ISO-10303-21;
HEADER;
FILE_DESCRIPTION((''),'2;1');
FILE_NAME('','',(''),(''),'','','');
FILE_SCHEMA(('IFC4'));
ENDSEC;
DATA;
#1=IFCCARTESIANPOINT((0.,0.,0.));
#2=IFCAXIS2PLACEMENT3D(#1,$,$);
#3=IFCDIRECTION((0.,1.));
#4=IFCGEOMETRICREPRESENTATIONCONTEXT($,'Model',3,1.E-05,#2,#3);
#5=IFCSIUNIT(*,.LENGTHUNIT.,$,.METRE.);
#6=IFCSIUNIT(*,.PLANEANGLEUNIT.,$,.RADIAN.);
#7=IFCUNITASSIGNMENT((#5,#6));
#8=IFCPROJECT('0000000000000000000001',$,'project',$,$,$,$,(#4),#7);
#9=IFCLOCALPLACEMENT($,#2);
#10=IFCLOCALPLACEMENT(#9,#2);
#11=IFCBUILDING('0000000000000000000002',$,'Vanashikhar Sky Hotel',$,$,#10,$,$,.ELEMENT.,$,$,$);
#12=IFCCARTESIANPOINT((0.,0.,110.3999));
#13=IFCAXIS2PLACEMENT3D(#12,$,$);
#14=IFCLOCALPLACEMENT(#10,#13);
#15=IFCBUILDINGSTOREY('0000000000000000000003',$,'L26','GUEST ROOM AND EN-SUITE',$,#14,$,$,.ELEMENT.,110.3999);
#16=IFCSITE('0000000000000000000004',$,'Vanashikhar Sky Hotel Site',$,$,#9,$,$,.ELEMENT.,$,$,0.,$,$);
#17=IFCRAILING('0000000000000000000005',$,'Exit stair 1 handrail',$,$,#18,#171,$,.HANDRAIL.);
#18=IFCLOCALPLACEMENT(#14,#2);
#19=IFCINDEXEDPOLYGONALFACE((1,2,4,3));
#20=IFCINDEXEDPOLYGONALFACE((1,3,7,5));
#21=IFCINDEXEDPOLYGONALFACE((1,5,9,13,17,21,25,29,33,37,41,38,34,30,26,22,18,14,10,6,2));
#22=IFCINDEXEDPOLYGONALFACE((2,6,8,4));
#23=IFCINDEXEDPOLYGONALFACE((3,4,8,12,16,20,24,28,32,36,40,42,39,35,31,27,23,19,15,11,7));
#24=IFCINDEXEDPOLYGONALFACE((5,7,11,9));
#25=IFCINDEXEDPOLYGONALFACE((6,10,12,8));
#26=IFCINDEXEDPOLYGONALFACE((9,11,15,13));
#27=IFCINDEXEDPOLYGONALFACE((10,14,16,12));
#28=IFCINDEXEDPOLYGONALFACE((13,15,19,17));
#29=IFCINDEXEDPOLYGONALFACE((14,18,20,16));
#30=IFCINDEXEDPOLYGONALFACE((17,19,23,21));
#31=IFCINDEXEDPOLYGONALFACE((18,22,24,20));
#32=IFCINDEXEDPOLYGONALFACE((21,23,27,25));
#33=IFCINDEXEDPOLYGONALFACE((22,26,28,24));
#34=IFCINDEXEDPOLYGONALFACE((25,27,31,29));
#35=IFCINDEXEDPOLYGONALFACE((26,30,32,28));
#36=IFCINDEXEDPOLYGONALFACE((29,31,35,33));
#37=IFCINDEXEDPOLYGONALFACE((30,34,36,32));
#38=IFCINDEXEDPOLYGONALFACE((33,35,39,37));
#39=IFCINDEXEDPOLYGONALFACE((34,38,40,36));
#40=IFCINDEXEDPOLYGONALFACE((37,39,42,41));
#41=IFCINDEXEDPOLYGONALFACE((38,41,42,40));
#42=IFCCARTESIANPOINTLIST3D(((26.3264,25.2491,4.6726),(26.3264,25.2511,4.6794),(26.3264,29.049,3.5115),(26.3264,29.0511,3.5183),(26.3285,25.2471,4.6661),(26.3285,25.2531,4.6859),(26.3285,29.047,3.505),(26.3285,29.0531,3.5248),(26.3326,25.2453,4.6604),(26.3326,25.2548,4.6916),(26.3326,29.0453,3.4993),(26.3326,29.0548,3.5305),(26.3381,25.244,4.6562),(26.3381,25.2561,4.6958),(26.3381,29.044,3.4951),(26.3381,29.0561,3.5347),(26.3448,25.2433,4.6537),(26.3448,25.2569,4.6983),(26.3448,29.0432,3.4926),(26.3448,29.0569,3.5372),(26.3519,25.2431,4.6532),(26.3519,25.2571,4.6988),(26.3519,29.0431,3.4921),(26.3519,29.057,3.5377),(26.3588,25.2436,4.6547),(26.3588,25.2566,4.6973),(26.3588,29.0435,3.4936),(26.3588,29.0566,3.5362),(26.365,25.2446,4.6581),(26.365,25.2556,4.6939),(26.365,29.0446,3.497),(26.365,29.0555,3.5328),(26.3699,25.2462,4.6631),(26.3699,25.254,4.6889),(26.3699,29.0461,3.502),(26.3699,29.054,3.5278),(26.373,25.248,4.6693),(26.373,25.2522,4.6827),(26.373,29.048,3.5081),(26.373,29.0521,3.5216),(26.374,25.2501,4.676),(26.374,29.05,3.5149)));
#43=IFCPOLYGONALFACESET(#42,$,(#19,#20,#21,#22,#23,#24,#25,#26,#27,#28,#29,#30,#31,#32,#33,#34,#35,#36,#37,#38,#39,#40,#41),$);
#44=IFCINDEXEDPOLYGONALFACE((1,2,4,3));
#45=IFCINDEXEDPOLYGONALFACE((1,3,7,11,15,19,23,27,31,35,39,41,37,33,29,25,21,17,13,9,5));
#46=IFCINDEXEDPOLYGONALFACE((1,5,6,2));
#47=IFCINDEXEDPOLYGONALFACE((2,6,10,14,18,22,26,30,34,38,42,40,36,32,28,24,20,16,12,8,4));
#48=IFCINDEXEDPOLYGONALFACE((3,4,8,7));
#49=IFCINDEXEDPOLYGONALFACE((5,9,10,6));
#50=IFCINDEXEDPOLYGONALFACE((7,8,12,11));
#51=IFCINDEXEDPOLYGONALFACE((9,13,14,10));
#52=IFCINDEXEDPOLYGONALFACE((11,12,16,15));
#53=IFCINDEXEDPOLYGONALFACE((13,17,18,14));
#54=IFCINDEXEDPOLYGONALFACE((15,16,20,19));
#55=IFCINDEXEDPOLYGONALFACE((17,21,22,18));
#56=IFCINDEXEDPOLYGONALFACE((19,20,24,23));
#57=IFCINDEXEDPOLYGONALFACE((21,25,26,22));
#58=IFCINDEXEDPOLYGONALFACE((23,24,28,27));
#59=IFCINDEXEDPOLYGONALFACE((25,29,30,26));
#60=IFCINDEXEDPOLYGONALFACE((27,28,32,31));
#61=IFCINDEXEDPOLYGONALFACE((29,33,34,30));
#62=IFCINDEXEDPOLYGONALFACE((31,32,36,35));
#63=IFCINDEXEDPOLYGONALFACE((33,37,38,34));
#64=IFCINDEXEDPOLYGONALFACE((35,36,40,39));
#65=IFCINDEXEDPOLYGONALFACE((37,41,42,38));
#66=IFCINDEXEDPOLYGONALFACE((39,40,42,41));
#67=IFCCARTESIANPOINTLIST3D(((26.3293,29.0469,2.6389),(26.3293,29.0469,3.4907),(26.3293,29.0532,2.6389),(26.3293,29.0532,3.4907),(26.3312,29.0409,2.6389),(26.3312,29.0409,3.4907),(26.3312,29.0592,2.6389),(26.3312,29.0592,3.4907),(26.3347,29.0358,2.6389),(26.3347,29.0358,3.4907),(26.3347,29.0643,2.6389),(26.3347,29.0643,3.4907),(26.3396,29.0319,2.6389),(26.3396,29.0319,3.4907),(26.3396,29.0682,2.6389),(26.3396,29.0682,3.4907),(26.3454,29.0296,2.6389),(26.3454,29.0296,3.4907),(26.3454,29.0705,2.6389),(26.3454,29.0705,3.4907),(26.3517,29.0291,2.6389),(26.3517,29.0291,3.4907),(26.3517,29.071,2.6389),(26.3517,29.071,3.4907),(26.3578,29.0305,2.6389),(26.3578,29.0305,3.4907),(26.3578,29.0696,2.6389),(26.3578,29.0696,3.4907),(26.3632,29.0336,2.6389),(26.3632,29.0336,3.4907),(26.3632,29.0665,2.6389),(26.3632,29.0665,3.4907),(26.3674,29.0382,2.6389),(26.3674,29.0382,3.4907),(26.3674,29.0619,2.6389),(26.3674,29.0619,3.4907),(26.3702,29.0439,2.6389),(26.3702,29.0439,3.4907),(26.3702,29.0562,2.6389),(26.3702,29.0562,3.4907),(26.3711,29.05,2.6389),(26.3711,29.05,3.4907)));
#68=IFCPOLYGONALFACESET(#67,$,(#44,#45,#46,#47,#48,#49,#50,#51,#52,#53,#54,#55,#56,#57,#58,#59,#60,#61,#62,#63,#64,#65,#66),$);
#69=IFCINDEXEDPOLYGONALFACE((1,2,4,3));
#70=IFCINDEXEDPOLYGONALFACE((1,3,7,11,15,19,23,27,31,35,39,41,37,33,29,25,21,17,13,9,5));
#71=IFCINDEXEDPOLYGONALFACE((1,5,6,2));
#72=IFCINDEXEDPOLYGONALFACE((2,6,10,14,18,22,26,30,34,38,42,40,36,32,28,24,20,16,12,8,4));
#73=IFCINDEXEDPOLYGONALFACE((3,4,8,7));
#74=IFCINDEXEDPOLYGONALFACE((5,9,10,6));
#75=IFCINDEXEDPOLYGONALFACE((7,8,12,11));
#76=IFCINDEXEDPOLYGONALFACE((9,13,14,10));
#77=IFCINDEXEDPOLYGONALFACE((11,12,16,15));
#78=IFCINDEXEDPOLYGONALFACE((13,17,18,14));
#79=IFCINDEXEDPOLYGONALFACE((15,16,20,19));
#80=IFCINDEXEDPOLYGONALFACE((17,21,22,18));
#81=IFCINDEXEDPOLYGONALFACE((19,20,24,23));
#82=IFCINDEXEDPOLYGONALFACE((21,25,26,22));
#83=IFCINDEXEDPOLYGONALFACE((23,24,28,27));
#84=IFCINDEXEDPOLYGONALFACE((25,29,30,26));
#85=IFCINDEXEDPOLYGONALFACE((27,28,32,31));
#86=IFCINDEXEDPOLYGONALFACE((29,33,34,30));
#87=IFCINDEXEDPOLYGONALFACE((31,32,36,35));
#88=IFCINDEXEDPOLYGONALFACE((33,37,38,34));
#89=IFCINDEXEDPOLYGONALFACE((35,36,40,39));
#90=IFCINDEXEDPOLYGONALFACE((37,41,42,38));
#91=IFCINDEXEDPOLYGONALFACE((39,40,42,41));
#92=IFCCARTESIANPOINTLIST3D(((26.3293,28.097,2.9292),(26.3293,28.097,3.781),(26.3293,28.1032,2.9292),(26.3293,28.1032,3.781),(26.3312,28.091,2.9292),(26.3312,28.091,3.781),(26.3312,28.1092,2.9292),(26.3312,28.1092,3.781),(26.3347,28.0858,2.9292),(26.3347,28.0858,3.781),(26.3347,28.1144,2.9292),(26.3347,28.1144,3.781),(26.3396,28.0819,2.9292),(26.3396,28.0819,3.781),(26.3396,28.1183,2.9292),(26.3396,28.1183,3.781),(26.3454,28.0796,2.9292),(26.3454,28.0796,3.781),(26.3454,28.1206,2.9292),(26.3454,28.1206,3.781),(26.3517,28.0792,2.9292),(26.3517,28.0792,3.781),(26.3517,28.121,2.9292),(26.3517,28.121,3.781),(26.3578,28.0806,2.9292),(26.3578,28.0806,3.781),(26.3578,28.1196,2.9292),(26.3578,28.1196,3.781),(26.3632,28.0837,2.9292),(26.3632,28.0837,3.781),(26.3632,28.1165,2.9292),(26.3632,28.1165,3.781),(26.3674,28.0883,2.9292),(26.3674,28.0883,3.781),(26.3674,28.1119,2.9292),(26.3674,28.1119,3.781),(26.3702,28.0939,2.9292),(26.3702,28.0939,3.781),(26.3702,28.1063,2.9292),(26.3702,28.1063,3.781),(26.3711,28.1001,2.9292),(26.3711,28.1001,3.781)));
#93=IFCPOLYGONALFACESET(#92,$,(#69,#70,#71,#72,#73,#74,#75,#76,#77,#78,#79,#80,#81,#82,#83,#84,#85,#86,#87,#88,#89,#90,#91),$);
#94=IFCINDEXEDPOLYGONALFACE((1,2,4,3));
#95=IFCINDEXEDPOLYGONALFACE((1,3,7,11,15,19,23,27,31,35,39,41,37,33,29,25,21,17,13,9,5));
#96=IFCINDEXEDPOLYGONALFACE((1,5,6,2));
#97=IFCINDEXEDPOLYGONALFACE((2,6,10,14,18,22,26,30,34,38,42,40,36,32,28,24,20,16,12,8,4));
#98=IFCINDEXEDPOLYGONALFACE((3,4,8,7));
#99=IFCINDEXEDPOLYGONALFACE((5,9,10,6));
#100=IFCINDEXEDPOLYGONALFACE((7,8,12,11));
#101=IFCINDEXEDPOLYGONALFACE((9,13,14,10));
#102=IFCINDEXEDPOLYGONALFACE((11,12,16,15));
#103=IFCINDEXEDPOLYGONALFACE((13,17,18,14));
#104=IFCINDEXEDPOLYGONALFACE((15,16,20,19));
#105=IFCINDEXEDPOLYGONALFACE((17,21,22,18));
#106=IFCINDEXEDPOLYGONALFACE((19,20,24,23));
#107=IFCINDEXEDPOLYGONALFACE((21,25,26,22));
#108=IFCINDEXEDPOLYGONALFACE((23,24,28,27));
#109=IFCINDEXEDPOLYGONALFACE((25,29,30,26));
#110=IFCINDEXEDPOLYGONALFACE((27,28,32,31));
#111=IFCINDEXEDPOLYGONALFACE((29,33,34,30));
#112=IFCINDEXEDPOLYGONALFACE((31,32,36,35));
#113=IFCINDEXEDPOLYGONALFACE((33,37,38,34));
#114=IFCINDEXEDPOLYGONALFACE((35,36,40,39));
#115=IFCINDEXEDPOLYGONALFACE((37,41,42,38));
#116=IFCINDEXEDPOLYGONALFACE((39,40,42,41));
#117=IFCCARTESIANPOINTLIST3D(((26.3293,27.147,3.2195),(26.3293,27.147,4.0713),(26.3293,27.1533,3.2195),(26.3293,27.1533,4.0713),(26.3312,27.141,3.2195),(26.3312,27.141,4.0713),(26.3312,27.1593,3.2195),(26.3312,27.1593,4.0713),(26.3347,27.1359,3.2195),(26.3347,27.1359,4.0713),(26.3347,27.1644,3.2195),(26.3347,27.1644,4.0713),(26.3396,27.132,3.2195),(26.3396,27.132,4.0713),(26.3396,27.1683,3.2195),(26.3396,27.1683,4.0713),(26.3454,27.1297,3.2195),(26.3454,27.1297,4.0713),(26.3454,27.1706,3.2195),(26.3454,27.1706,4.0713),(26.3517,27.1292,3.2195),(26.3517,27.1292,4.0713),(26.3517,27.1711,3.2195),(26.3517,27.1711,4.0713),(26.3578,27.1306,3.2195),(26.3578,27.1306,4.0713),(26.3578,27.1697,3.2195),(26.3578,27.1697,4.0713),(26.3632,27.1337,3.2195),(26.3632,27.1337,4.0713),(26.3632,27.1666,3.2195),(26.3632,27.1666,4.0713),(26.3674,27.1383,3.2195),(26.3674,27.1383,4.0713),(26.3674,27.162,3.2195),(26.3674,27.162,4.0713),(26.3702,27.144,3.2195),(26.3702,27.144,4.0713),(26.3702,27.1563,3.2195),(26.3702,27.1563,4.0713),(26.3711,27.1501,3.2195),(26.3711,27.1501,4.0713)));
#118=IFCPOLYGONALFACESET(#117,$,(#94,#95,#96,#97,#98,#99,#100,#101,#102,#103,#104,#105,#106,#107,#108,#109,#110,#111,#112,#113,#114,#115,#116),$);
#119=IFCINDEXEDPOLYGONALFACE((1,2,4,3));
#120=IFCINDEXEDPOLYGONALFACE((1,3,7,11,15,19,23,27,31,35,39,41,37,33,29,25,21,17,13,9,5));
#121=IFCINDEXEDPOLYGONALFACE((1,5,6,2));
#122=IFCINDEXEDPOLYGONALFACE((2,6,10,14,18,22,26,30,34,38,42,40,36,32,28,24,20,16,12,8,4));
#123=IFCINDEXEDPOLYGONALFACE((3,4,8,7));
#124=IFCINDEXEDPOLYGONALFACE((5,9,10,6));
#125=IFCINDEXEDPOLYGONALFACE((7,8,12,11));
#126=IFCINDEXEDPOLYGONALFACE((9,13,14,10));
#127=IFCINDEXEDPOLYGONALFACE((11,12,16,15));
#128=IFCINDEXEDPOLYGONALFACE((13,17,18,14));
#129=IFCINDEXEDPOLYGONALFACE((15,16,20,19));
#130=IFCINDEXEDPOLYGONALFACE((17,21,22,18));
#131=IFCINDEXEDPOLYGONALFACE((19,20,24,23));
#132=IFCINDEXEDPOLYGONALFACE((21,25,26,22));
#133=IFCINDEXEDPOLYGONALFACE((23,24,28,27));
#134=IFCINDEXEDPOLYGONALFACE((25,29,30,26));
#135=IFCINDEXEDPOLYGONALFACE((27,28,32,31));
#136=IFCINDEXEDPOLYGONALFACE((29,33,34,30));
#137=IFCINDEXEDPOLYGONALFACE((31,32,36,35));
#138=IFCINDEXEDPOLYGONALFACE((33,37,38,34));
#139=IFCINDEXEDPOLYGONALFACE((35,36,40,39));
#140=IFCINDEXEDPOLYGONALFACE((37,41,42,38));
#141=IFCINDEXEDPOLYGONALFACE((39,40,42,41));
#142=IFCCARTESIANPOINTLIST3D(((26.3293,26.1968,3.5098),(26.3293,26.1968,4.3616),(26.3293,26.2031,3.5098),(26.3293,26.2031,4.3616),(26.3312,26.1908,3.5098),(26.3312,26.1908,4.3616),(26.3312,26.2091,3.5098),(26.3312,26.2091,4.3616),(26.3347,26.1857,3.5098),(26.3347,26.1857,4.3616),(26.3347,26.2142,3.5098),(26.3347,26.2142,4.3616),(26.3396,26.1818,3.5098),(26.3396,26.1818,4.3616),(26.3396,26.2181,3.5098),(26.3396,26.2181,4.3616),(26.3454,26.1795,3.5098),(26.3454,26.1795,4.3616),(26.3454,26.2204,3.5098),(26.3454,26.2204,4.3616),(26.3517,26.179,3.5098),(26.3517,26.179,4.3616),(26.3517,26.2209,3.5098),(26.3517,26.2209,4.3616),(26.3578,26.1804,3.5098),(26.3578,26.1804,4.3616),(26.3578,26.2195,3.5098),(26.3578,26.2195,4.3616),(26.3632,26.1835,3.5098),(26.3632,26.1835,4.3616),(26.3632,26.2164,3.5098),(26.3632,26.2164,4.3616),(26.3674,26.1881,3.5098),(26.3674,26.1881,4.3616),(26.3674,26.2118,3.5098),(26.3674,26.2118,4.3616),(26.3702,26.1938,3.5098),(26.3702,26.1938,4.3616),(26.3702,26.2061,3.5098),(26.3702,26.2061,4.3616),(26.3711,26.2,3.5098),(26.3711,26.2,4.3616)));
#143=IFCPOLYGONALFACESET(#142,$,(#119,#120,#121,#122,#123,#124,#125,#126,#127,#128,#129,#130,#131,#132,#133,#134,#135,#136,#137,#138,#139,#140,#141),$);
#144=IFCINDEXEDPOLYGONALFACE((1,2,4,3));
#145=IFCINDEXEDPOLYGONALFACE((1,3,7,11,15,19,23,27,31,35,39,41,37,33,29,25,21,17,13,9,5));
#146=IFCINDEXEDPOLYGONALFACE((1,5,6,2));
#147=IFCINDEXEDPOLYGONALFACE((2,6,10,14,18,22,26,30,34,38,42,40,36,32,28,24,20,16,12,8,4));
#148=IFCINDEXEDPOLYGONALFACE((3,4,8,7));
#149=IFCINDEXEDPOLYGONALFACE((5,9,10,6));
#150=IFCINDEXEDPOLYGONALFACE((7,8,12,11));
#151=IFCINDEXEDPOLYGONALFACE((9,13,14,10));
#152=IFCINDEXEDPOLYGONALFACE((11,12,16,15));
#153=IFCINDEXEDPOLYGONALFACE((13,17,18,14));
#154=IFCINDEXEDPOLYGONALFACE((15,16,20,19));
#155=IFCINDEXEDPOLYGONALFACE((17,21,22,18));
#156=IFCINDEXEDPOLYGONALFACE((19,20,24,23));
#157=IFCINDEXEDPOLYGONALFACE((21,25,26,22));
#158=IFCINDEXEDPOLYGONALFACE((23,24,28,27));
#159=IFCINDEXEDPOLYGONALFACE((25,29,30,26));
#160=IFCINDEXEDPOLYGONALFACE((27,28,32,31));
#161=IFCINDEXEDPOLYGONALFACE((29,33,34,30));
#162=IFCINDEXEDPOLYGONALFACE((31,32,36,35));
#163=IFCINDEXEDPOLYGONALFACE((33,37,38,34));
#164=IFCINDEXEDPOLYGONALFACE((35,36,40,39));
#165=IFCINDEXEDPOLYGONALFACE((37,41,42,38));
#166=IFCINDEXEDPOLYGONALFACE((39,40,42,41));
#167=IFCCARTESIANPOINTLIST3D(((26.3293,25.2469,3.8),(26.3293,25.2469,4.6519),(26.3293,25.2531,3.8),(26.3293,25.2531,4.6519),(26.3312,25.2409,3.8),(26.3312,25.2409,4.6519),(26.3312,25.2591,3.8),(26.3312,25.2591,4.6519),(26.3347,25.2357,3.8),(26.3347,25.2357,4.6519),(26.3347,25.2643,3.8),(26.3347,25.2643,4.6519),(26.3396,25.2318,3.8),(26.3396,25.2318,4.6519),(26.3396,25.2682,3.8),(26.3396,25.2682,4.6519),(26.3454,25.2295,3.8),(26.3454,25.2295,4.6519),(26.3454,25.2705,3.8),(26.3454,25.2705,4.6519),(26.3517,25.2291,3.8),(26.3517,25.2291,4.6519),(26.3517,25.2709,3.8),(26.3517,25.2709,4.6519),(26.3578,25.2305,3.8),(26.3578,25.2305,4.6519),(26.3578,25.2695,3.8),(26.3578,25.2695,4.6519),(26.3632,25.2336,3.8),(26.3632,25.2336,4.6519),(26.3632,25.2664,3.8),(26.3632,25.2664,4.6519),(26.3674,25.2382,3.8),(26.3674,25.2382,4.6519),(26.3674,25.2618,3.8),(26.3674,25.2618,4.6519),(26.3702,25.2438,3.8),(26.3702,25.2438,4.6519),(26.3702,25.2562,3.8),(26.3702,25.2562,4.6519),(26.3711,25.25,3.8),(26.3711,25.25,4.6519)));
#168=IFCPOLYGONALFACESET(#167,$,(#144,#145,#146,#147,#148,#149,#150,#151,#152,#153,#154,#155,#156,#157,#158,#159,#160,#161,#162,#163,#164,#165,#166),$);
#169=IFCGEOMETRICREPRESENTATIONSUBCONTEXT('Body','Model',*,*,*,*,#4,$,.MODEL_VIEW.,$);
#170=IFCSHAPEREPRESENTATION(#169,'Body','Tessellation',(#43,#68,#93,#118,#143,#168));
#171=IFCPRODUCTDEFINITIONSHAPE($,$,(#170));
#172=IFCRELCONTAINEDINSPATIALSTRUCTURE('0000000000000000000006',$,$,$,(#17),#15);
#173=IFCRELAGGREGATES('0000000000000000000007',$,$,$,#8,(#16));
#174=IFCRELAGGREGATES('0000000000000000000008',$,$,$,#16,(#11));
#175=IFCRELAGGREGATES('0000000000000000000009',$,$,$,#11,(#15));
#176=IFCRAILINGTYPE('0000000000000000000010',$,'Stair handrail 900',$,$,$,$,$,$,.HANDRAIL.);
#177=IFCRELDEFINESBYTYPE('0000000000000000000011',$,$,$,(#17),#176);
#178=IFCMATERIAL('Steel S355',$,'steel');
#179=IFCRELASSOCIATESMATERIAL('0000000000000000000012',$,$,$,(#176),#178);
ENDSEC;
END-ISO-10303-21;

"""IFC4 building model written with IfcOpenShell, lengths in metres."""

from ifc_helpers import new_model, si_unit, direction, frame, origin, origin_2d, place, context, subcontext, project, spatial, circle, extrude, source, transform, mapped, material, type_object, element, save


model = new_model("IFC4")

# Units and contexts
model_context = context("Model", 3, precision=1e-05, world=origin(), true_north=direction((0.0, 1.0)))
body_context = subcontext(model_context, "Body", "Model", "MODEL_VIEW")
ifc_project = project(units=[si_unit("LENGTHUNIT", "METRE"), si_unit("PLANEANGLEUNIT", "RADIAN")], contexts=[model_context])

# Site, building, storey
site_placement = place(None, origin())
site = spatial("IfcSite", under=ifc_project, at=site_placement, Name="Vanashikhar Sky Hotel Site", CompositionType="ELEMENT", RefElevation=0.0)
building_placement = place(site_placement, origin())
building = spatial("IfcBuilding", under=site, at=building_placement, Name="Vanashikhar Sky Hotel", CompositionType="ELEMENT")
storey_placement = place(building_placement, frame((0.0, 0.0, 110.3999)))
storey = spatial("IfcBuildingStorey", under=building, at=storey_placement, Name="L26", Description="GUEST ROOM AND EN-SUITE", CompositionType="ELEMENT", Elevation=110.3999)

# Railing
ifc_material_1 = material(Name="Steel S355", Category="steel")
railing_type_1 = type_object("IfcRailingType", Name="Stair handrail 900", PredefinedType="HANDRAIL", material=ifc_material_1)
shared_shape_1 = source(origin(), body_context, "Body", "SweptSolid", [
    extrude(circle(Radius=0.0239, at=origin_2d()), frame((0.0, 0.0, 0.876), z_axis=(0.0, -0.956351, 0.29222), x_axis=(1.0, 0.0, 0.0)), (0.0, 0.0, 1.0), 3.9734),
    extrude(circle(Radius=0.021, at=origin_2d()), origin(), (0.0, 0.0, 1.0), 0.8518),
    extrude(circle(Radius=0.021, at=origin_2d()), frame((0.0, -0.95, 0.2903)), (0.0, 0.0, 1.0), 0.8518),
    extrude(circle(Radius=0.021, at=origin_2d()), frame((0.0, -1.8999, 0.5806)), (0.0, 0.0, 1.0), 0.8518),
    extrude(circle(Radius=0.021, at=origin_2d()), frame((0.0, -2.8501, 0.8708)), (0.0, 0.0, 1.0), 0.8518),
    extrude(circle(Radius=0.021, at=origin_2d()), frame((0.0, -3.8, 1.1611)), (0.0, 0.0, 1.0), 0.8518),
])
for number, where, name in (
    (1, (26.3501, 29.05, 2.6389), "Exit stair 1 handrail"),
):
    element("IfcRailing", number, at=place(storey_placement, frame(where)), inside=storey, type_object=railing_type_1, Name=name, PredefinedType="HANDRAIL", context=body_context, shape_type="MappedRepresentation", body=[
        mapped(shared_shape_1, transform((0.0, 0.0, 0.0), scale=1.0)),
    ])

save(model, "model.ifc")
